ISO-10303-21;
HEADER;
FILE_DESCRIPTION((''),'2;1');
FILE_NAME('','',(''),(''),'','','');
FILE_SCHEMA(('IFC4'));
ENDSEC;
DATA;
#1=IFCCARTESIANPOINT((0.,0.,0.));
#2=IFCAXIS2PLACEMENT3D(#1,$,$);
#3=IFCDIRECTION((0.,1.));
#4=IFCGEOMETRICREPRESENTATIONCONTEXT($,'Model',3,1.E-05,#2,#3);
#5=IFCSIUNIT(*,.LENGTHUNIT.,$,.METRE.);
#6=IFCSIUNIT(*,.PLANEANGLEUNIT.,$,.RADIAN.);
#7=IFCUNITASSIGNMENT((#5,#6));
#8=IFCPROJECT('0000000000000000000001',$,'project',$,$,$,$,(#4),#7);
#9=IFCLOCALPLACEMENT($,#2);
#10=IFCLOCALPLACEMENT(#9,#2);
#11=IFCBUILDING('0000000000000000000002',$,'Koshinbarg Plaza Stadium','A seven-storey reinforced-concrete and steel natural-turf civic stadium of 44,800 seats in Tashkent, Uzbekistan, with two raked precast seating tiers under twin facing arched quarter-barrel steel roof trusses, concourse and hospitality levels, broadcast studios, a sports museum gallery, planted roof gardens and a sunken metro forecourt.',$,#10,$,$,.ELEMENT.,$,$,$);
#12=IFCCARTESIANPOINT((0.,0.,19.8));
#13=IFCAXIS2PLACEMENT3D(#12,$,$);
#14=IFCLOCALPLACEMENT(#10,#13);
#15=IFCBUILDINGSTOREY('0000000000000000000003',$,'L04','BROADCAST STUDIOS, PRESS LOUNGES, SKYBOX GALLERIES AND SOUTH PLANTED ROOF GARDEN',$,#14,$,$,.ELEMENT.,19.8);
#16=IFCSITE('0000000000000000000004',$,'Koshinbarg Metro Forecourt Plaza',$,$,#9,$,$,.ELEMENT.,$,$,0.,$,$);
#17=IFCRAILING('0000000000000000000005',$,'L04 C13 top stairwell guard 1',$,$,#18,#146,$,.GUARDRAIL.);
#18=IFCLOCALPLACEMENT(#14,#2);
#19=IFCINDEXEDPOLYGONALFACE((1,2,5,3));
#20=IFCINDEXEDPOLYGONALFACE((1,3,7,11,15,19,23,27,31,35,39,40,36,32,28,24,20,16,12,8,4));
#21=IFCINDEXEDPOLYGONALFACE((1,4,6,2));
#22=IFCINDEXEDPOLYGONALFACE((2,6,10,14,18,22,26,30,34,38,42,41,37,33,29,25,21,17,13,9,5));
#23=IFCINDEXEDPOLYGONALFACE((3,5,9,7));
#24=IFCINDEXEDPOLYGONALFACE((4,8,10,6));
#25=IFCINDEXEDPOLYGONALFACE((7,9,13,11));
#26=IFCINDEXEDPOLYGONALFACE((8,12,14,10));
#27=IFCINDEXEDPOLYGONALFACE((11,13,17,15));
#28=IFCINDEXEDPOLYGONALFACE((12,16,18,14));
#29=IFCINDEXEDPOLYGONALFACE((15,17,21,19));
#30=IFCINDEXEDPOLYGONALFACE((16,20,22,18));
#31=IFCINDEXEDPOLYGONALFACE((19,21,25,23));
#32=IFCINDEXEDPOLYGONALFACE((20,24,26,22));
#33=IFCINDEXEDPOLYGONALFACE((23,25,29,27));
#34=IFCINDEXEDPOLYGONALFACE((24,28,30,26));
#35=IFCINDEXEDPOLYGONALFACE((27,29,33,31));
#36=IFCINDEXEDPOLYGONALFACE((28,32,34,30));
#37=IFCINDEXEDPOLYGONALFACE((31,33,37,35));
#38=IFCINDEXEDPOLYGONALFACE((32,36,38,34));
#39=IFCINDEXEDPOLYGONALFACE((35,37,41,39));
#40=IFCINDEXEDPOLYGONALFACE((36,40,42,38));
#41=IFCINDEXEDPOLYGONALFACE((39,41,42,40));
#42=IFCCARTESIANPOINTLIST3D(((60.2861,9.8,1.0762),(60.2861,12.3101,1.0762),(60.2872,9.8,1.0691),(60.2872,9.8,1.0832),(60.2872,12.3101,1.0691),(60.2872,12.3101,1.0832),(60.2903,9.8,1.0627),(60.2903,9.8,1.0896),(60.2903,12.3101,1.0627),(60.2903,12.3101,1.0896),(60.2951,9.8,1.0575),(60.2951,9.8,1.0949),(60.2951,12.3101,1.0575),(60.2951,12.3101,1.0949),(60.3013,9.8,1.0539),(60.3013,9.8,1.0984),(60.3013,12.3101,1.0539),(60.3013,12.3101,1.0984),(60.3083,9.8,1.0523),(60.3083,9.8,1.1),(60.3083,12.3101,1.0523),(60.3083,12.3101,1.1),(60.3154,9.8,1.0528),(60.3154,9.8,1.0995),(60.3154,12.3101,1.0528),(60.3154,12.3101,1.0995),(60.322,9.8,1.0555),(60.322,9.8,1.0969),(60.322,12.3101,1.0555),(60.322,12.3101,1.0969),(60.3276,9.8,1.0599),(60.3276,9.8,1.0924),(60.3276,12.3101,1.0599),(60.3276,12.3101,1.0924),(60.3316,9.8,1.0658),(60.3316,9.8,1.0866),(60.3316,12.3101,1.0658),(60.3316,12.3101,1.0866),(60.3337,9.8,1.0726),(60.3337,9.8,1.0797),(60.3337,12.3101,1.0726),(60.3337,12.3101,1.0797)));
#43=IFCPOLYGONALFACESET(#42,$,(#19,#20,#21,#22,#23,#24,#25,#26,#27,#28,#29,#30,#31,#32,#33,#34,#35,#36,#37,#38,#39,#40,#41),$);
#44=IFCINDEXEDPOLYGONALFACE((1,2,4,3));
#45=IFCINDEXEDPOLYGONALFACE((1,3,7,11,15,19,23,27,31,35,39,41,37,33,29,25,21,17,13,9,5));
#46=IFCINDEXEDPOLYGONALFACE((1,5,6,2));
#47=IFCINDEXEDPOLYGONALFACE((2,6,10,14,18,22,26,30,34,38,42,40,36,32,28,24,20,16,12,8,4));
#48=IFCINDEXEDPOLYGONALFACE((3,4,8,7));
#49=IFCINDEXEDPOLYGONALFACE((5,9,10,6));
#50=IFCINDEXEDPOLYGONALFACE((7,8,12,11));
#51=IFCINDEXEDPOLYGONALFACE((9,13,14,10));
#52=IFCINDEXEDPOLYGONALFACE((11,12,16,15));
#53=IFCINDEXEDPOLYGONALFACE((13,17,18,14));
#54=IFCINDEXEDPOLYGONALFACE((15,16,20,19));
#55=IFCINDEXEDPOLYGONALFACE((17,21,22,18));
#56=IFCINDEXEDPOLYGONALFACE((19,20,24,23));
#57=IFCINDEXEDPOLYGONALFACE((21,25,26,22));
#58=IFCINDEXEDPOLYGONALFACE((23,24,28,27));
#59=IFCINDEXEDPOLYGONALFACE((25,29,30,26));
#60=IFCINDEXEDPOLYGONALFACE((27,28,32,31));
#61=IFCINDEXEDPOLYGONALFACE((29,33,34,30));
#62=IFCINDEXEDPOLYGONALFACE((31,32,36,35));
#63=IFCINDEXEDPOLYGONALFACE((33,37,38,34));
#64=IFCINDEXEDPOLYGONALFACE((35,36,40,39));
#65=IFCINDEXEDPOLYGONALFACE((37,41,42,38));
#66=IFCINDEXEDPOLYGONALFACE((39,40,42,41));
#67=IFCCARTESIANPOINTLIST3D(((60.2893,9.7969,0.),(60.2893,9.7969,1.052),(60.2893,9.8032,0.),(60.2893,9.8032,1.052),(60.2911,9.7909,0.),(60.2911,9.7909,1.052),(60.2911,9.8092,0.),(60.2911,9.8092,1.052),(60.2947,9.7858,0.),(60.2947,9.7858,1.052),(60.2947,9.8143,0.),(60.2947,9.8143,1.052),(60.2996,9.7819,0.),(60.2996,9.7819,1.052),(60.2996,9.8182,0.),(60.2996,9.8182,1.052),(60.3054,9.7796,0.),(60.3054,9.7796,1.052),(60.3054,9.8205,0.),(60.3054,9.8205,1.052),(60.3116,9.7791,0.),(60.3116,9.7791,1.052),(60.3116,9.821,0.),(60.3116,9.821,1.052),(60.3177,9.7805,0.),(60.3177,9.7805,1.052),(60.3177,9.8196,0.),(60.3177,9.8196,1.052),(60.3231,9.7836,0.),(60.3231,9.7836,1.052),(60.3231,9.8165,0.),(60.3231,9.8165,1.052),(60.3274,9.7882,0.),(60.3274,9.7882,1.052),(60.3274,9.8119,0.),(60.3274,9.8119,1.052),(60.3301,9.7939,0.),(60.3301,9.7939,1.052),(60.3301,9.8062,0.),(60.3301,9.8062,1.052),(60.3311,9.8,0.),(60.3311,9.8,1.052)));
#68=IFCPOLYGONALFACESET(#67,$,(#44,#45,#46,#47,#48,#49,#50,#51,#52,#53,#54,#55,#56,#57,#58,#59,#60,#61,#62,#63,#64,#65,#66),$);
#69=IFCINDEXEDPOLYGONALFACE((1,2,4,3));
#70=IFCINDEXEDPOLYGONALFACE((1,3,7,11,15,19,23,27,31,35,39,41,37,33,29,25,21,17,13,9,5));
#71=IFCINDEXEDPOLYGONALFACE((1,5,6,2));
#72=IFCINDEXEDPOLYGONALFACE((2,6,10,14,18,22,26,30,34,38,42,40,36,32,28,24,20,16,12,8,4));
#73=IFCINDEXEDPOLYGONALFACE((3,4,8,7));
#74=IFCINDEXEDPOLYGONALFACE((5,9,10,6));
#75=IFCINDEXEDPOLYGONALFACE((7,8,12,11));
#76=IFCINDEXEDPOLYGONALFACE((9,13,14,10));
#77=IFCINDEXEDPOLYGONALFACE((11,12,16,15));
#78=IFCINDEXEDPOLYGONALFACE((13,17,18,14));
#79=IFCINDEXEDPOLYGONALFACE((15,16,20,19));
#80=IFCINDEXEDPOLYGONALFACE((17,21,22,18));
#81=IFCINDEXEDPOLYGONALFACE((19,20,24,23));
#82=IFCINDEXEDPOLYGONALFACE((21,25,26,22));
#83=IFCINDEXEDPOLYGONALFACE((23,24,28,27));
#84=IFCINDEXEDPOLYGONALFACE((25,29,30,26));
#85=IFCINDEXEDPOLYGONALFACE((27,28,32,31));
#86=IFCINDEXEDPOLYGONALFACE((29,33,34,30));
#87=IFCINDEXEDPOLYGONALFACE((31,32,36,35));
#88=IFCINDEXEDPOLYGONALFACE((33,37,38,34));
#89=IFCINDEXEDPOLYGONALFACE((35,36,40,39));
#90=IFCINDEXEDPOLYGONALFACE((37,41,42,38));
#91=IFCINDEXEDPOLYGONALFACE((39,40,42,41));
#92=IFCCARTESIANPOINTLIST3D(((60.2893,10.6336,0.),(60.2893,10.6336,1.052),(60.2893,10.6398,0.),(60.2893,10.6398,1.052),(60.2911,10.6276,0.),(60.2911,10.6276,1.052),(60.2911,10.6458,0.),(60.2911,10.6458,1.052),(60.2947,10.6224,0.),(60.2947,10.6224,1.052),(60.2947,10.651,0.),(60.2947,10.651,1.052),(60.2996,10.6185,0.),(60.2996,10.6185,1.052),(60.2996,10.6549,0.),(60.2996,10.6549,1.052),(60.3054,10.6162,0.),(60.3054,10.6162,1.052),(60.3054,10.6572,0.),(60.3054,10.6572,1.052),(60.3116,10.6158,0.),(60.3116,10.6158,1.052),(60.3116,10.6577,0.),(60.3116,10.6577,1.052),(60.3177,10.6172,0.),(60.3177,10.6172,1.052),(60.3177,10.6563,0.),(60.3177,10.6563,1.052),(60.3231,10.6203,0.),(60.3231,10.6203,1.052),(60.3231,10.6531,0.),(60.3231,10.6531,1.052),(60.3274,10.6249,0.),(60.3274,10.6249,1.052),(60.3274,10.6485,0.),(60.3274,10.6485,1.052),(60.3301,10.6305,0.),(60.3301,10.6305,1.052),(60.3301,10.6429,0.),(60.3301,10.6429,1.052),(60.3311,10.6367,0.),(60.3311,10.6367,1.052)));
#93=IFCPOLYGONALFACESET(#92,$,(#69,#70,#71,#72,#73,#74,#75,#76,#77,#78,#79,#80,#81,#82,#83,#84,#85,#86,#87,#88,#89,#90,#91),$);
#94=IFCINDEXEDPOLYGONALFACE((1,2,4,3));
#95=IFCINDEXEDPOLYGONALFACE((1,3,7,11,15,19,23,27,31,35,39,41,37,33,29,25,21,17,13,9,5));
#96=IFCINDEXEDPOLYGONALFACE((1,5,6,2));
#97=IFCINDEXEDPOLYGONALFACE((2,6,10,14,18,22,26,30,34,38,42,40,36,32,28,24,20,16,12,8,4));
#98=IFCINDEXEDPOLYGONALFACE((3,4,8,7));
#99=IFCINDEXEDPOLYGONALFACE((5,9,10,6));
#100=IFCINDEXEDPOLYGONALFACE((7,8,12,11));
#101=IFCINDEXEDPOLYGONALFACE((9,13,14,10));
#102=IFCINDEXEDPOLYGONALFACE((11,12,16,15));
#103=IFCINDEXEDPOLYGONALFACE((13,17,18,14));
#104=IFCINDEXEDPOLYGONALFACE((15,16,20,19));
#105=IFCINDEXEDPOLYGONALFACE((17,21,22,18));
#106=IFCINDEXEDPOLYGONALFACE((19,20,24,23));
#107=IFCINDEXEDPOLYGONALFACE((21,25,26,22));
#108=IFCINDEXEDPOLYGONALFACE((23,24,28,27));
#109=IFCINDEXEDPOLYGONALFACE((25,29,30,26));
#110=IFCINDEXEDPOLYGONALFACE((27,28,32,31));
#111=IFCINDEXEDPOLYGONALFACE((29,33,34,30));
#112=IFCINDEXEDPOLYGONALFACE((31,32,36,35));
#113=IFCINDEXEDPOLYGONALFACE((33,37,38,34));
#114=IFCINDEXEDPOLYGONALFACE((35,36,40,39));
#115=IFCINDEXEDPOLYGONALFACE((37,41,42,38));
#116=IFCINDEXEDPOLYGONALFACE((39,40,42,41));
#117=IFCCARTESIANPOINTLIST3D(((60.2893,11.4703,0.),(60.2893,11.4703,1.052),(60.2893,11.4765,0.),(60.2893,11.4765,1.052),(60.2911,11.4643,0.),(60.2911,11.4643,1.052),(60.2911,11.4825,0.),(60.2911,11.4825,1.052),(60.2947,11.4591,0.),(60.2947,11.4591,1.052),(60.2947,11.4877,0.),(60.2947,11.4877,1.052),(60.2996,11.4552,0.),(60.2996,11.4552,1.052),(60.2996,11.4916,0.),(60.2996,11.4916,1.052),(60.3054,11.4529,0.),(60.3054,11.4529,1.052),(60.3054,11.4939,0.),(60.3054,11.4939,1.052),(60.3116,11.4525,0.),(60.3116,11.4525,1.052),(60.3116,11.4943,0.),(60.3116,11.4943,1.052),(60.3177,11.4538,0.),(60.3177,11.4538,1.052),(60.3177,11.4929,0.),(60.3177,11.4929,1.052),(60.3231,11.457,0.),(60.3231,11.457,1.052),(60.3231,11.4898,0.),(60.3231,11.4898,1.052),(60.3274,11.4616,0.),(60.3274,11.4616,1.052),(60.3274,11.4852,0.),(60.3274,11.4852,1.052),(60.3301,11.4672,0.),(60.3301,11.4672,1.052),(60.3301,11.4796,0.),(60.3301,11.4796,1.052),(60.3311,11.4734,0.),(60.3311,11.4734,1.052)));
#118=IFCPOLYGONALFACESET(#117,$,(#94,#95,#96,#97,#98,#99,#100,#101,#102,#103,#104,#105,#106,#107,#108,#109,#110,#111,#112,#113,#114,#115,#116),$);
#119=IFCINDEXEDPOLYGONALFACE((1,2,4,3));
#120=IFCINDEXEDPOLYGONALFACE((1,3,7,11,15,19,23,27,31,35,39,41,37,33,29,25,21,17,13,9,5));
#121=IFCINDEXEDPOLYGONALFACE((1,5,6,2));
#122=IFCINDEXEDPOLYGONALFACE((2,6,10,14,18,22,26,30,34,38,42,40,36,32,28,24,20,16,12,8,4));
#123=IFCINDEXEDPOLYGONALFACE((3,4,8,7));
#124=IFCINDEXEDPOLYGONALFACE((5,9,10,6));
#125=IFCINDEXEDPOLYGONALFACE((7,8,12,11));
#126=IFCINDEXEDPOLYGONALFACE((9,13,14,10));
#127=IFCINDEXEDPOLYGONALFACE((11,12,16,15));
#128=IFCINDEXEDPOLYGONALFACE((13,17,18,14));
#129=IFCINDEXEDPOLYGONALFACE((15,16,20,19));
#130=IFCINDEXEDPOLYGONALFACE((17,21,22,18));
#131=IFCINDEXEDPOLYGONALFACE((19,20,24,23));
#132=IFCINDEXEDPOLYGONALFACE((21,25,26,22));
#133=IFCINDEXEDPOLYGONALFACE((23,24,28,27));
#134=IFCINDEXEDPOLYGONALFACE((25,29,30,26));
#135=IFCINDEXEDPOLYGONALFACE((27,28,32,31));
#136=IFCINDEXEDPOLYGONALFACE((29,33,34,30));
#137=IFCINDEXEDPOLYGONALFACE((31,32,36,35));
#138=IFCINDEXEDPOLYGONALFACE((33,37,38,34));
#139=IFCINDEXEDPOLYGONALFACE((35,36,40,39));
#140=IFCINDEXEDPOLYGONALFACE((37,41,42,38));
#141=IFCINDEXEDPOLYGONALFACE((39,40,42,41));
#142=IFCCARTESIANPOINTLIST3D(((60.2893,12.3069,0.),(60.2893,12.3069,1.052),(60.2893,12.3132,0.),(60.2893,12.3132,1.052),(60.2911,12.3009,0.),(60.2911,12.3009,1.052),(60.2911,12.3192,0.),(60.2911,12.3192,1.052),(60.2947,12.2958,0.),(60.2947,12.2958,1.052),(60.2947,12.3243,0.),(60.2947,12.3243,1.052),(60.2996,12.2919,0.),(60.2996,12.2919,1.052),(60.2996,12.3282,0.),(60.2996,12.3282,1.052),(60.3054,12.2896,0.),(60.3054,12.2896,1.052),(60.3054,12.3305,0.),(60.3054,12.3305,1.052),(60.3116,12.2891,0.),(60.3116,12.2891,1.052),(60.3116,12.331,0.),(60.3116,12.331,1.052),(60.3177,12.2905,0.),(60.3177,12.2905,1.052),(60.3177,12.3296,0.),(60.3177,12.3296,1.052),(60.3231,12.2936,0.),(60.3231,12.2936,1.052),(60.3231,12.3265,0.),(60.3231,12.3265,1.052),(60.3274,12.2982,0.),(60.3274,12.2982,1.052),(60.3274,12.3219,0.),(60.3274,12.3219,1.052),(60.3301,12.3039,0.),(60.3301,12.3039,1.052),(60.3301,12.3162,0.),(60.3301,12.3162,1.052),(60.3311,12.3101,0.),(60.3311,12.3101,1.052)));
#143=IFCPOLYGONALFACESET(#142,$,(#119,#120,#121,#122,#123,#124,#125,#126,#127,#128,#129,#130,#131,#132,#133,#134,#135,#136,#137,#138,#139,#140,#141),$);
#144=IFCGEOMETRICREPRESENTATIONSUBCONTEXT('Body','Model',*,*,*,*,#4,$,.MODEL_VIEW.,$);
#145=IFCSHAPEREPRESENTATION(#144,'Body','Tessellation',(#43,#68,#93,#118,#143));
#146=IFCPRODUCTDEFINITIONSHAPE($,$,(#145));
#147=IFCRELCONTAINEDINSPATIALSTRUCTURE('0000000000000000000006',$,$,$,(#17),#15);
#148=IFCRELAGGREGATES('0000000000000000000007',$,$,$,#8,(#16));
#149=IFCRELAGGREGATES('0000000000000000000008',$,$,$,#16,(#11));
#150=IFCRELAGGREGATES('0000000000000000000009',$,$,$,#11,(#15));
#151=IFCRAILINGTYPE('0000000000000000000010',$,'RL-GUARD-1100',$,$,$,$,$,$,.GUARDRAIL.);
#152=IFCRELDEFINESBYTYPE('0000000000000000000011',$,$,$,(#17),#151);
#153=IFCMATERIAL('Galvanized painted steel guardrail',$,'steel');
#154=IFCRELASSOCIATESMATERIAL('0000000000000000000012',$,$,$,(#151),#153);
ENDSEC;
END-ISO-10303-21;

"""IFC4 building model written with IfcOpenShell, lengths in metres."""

from ifc_helpers import new_model, si_unit, direction, frame, origin, origin_2d, place, context, subcontext, project, spatial, circle, extrude, material, type_object, element, save


model = new_model("IFC4")

# Units and contexts
model_context = context("Model", 3, precision=1e-05, world=origin(), true_north=direction((0.0, 1.0)))
body_context = subcontext(model_context, "Body", "Model", "MODEL_VIEW")
ifc_project = project(units=[si_unit("LENGTHUNIT", "METRE"), si_unit("PLANEANGLEUNIT", "RADIAN")], contexts=[model_context])

# Site, building, storey
site_placement = place(None, origin())
site = spatial("IfcSite", under=ifc_project, at=site_placement, Name="Koshinbarg Metro Forecourt Plaza", CompositionType="ELEMENT", RefElevation=0.0)
building_placement = place(site_placement, origin())
building = spatial("IfcBuilding", under=site, at=building_placement, Name="Koshinbarg Plaza Stadium", Description="A seven-storey reinforced-concrete and steel natural-turf civic stadium of 44,800 seats in Tashkent, Uzbekistan, with two raked precast seating tiers under twin facing arched quarter-barrel steel roof trusses, concourse and hospitality levels, broadcast studios, a sports museum gallery, planted roof gardens and a sunken metro forecourt.", CompositionType="ELEMENT")
storey_placement = place(building_placement, frame((0.0, 0.0, 19.8)))
storey = spatial("IfcBuildingStorey", under=building, at=storey_placement, Name="L04", Description="BROADCAST STUDIOS, PRESS LOUNGES, SKYBOX GALLERIES AND SOUTH PLANTED ROOF GARDEN", CompositionType="ELEMENT", Elevation=19.8)

# Railing
ifc_material_1 = material(Name="Galvanized painted steel guardrail", Category="steel")
railing_type_1 = type_object("IfcRailingType", Name="RL-GUARD-1100", PredefinedType="GUARDRAIL", material=ifc_material_1)
railing_1_placement = place(storey_placement, frame((60.3101, 9.8, 0.0)))
element("IfcRailing", 1, at=railing_1_placement, inside=storey, type_object=railing_type_1, Name="L04 C13 top stairwell guard 1", PredefinedType="GUARDRAIL", context=body_context, shape_type="SweptSolid", body=[
    extrude(circle(Radius=0.0239, at=origin_2d()), frame((0.0, 0.0, 1.0762), z_axis=(0.0, 1.0, 0.0), x_axis=(-1.0, 0.0, 0.0)), (0.0, 0.0, 1.0), 2.51),
    extrude(circle(Radius=0.021, at=origin_2d()), origin(), (0.0, 0.0, 1.0), 1.052),
    extrude(circle(Radius=0.021, at=origin_2d()), frame((0.0, 0.8367, 0.0)), (0.0, 0.0, 1.0), 1.052),
    extrude(circle(Radius=0.021, at=origin_2d()), frame((0.0, 1.6733, 0.0)), (0.0, 0.0, 1.0), 1.052),
    extrude(circle(Radius=0.021, at=origin_2d()), frame((0.0, 2.51, 0.0)), (0.0, 0.0, 1.0), 1.052),
])

save(model, "model.ifc")
